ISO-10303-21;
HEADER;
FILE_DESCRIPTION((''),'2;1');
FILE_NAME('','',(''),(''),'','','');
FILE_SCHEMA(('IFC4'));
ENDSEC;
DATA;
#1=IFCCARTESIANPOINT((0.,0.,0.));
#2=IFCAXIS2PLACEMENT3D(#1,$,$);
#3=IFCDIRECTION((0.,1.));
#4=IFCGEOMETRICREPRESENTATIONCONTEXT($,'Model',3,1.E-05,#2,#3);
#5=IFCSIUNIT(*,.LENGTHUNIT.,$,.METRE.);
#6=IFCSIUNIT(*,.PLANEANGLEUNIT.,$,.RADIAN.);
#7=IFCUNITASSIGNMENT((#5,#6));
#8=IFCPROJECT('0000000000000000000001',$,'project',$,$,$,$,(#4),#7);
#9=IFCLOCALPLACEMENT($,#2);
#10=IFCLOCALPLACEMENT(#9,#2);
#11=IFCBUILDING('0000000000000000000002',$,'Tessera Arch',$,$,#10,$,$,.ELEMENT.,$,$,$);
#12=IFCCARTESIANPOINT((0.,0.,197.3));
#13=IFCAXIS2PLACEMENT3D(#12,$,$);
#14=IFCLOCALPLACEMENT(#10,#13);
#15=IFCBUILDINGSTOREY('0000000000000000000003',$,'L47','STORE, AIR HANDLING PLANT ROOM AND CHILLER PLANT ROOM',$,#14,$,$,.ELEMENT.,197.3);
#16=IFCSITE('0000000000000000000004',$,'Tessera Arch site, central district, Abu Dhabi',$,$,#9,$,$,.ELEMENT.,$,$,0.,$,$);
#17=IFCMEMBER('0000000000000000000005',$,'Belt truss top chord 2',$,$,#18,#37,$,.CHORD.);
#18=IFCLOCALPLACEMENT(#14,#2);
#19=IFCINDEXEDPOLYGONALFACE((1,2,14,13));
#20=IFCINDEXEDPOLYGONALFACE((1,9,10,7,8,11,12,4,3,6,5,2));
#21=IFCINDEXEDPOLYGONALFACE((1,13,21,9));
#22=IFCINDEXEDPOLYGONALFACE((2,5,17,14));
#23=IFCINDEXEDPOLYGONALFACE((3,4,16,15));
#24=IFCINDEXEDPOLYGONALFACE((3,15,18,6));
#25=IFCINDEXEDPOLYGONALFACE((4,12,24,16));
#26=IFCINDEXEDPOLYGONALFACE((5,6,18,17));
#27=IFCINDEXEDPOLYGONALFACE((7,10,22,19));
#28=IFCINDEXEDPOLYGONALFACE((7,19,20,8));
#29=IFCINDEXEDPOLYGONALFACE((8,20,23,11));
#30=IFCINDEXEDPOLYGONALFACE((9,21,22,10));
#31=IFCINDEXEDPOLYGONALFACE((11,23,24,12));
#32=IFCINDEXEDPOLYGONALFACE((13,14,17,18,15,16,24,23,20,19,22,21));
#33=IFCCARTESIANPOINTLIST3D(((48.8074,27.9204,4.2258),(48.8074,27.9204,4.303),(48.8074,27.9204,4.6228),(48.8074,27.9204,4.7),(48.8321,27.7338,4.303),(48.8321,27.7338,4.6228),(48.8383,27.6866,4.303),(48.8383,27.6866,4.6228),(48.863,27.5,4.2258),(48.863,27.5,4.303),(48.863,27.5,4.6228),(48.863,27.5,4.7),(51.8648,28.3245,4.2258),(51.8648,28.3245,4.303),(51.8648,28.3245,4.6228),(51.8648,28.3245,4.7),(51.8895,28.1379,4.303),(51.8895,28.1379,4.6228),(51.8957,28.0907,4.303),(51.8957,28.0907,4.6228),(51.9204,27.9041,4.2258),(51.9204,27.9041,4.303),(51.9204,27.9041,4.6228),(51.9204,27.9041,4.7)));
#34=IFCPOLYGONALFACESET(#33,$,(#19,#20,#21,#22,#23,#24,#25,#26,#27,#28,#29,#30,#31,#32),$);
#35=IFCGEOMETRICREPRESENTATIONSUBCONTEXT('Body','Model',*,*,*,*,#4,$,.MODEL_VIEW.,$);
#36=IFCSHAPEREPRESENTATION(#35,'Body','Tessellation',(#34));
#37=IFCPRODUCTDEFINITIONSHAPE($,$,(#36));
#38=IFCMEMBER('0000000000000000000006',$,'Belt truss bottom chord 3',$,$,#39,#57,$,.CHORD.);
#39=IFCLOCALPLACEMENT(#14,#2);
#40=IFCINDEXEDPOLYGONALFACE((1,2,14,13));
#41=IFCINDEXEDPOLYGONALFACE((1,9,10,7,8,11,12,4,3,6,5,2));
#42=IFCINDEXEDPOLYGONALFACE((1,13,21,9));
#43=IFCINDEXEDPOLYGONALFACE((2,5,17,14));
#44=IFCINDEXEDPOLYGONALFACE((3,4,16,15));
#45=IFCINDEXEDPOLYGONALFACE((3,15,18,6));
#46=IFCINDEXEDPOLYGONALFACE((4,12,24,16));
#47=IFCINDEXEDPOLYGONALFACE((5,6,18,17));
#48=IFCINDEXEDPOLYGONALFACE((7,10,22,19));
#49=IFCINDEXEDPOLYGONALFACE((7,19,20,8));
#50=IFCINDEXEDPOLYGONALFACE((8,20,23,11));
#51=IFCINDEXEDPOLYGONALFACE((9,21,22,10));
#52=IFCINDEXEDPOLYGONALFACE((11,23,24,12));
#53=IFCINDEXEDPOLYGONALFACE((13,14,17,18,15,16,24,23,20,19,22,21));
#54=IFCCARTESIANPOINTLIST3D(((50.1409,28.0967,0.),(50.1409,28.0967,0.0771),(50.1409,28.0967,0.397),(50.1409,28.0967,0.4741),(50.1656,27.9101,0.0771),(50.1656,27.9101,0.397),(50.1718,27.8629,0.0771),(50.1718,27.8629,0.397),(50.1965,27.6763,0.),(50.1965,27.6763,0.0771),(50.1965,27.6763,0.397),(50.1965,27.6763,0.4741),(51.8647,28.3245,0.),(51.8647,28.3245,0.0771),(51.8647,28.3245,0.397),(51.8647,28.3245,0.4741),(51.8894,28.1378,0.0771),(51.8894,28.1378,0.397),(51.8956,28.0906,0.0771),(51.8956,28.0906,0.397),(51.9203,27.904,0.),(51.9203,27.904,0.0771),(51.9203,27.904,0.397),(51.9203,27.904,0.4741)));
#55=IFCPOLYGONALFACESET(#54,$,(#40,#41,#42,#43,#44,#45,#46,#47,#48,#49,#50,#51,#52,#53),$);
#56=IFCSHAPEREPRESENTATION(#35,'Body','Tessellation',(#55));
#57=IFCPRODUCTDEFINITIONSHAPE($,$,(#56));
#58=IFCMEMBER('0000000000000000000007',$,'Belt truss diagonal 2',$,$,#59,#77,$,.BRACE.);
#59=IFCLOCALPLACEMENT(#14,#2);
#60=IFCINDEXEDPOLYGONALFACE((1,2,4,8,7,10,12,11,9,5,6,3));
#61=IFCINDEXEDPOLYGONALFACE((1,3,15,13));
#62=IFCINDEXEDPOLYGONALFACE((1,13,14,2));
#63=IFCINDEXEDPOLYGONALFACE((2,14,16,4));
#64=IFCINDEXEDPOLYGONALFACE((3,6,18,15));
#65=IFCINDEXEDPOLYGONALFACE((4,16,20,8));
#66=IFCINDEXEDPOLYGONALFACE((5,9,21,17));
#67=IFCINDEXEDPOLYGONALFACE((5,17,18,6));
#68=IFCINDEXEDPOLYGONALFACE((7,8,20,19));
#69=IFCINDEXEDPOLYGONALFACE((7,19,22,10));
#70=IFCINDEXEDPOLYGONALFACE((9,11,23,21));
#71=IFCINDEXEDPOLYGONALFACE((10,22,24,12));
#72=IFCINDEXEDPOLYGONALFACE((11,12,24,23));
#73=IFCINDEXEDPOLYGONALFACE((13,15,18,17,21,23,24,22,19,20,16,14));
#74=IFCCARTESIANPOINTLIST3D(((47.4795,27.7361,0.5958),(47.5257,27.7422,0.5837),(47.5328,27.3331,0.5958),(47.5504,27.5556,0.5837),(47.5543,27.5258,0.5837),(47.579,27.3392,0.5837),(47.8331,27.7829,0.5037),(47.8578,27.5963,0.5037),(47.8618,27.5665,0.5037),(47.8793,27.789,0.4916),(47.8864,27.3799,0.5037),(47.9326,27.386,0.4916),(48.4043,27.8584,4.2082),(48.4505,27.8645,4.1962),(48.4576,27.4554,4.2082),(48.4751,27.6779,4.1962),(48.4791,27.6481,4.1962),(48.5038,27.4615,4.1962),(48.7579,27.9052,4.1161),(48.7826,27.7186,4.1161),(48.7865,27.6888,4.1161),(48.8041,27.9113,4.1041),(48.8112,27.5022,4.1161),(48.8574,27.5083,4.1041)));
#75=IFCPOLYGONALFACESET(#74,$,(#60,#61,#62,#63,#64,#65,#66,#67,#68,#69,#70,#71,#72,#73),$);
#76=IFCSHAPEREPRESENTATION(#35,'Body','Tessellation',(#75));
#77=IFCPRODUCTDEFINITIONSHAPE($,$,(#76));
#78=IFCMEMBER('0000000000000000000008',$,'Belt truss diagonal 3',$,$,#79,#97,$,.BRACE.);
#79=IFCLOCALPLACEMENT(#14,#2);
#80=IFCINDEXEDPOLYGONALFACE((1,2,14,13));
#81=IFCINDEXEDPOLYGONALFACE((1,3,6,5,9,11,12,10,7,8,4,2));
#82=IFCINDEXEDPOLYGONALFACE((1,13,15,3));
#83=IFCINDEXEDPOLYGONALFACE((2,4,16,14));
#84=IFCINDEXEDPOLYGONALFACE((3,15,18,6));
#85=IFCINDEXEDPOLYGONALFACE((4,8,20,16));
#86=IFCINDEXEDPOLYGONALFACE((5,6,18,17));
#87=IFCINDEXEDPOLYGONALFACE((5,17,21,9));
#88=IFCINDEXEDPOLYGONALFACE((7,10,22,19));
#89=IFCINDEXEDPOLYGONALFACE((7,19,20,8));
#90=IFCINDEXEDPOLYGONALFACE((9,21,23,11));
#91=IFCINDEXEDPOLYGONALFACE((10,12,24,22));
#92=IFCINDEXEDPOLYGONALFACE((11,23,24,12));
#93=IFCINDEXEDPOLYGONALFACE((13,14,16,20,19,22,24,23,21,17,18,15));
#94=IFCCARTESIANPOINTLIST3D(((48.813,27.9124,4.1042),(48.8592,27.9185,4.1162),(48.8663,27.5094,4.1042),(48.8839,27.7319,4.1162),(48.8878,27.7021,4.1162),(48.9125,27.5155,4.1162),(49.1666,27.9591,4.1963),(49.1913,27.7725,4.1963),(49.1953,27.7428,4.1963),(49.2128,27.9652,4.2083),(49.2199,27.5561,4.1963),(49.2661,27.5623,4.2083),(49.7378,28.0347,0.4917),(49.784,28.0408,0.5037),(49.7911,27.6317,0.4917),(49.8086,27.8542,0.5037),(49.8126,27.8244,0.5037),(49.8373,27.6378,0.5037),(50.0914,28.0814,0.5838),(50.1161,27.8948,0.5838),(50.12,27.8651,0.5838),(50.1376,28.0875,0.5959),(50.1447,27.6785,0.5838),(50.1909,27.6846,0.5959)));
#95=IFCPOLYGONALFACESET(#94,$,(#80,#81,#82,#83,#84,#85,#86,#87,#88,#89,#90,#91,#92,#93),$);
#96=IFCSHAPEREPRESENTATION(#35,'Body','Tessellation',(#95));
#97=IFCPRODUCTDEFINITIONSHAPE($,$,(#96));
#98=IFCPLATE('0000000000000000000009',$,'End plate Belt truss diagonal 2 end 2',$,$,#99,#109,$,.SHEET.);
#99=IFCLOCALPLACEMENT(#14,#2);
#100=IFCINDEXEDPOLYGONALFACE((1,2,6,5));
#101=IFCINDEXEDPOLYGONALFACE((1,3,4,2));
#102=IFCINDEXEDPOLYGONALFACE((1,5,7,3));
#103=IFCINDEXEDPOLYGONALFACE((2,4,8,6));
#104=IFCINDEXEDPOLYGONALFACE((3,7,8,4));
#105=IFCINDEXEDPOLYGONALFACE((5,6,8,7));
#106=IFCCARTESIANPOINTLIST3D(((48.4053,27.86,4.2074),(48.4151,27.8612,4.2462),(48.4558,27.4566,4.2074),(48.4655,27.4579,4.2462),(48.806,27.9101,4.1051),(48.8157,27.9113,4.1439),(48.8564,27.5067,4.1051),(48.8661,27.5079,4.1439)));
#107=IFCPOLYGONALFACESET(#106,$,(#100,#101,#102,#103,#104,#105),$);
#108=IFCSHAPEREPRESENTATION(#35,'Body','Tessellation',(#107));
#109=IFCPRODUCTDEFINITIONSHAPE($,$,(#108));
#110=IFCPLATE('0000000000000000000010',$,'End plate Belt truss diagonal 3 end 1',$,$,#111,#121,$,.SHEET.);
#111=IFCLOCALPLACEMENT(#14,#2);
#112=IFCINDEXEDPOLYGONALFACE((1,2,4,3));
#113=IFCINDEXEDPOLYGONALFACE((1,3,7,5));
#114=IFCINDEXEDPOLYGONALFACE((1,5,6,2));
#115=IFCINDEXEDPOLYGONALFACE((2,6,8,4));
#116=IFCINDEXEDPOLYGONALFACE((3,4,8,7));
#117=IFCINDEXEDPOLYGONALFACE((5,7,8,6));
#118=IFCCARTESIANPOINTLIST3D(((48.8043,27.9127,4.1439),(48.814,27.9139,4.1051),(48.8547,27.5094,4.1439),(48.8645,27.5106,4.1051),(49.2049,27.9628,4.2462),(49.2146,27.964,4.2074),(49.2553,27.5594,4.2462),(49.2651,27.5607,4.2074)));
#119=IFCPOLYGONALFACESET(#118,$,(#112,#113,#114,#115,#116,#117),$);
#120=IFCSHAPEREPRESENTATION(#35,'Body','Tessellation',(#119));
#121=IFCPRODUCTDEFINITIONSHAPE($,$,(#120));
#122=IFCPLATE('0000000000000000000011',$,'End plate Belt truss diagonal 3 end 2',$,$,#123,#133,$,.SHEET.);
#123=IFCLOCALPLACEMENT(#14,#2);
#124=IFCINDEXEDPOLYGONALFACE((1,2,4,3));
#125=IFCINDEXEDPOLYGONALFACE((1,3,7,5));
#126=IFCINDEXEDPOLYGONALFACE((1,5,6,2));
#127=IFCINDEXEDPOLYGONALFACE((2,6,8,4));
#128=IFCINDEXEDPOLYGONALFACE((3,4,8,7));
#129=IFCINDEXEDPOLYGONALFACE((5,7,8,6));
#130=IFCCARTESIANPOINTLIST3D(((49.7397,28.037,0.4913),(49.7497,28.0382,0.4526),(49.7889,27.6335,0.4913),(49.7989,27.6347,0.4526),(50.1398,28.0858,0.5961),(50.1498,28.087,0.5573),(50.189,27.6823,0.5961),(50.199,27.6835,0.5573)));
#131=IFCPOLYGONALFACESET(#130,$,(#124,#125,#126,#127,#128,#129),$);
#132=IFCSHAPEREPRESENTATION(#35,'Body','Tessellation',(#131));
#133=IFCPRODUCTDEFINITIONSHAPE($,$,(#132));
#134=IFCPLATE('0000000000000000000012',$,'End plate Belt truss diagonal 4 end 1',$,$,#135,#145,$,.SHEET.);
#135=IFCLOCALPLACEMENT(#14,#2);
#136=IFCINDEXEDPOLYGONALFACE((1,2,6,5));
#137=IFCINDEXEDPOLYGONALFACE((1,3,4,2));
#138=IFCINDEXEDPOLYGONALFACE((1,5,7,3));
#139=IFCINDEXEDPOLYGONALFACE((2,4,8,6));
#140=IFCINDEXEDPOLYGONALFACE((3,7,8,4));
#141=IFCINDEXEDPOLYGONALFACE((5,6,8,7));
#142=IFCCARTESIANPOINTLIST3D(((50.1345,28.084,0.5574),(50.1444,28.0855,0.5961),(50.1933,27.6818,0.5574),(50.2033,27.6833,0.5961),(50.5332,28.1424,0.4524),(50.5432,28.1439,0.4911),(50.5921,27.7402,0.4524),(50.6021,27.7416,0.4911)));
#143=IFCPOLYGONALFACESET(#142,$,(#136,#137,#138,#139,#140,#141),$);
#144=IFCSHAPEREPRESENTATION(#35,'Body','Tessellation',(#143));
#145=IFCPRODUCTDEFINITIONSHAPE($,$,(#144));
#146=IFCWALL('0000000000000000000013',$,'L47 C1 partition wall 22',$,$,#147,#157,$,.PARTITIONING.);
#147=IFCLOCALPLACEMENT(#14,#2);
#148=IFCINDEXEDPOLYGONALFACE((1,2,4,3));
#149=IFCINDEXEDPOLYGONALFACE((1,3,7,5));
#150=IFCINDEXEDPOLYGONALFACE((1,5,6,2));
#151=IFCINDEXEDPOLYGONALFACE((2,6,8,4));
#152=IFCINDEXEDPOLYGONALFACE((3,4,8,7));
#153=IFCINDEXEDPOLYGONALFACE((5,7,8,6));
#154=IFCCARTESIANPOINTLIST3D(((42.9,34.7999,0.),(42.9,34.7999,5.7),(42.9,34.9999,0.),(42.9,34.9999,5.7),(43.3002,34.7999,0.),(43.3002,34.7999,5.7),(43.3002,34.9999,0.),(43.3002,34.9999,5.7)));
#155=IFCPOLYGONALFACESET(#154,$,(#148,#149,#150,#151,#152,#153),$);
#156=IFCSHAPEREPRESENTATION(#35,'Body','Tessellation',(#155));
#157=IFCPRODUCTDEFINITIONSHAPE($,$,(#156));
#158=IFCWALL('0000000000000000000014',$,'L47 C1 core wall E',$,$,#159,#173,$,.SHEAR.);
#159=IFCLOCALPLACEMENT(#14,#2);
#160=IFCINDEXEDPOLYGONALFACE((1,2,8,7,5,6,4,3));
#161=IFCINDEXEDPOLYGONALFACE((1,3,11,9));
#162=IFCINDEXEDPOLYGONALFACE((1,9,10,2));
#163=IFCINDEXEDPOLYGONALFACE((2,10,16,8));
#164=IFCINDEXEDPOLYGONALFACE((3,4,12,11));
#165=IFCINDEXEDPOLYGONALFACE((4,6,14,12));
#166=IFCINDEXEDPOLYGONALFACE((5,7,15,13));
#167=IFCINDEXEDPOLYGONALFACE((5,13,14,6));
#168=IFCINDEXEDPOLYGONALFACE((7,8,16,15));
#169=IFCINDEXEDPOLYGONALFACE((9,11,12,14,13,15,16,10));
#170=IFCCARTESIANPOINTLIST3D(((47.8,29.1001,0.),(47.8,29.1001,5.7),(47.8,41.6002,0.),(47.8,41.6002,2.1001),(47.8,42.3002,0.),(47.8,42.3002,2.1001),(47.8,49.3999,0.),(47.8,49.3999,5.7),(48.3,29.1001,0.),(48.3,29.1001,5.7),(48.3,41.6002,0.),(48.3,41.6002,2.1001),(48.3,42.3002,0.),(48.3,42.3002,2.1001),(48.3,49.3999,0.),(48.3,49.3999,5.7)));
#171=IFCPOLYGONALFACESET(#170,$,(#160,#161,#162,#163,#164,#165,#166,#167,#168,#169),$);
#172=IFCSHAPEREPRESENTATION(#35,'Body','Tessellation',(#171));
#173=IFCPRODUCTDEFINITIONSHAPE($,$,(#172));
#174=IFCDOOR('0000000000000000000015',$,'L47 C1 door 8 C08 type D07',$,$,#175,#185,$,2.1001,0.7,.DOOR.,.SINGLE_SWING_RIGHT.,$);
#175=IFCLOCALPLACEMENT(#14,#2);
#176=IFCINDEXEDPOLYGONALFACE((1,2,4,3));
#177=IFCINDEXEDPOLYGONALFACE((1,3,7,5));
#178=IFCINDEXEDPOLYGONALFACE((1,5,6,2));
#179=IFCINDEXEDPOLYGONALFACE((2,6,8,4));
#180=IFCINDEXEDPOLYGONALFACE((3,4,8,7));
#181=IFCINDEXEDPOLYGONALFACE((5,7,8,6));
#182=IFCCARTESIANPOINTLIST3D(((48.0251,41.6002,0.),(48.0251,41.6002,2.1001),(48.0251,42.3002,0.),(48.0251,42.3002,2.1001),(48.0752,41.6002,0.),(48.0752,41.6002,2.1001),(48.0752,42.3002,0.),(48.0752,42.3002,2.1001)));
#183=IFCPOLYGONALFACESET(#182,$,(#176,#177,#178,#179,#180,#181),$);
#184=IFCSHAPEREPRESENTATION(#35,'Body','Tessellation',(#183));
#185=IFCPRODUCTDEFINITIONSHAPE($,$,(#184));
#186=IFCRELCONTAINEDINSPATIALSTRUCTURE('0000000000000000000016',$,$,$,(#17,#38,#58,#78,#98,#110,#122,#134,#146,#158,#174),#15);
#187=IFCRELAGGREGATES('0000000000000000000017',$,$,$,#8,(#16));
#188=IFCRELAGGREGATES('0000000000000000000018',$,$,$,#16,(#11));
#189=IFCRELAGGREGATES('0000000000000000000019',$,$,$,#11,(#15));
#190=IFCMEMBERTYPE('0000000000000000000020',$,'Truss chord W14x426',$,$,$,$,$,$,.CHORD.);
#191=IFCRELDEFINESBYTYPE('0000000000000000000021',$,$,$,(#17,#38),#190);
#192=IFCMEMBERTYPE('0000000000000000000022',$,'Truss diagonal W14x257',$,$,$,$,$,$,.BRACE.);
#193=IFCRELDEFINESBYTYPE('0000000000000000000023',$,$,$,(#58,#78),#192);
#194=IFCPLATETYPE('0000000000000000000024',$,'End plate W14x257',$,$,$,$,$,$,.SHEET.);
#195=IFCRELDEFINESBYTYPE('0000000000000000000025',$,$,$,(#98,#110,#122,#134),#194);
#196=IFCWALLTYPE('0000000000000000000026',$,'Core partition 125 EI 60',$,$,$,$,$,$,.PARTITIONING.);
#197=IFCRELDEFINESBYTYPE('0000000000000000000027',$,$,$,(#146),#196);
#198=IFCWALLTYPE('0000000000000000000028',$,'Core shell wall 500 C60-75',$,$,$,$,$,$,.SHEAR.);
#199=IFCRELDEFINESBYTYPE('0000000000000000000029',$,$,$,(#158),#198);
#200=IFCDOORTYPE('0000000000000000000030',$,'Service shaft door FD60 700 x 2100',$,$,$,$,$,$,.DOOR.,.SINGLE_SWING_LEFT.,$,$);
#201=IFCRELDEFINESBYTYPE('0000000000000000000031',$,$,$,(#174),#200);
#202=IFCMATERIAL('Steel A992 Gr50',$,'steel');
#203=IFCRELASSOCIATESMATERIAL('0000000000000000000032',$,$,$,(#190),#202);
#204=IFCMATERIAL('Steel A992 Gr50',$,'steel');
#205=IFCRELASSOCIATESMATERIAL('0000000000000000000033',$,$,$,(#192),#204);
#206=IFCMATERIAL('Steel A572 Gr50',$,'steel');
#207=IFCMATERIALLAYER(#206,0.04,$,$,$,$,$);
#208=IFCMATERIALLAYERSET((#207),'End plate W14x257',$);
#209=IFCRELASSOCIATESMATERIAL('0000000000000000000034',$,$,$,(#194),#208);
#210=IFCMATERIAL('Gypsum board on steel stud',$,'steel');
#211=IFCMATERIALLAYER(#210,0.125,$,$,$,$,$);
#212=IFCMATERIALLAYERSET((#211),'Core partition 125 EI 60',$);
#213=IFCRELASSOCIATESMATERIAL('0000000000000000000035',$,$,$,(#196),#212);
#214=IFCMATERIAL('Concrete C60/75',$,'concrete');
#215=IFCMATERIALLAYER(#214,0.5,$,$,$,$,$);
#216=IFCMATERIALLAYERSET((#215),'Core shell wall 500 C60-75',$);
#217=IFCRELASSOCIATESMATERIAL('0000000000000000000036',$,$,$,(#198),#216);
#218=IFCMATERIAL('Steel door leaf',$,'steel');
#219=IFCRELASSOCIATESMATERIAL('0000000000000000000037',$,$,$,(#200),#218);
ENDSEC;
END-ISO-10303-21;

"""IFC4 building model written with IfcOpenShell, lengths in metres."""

from ifc_helpers import new_model, si_unit, direction, frame, frame_2d, origin, origin_2d, place, context, subcontext, project, spatial, rectangle, i_section, extrude, material, layer, layer_set, material_profile, profile_set, type_object, element, fill, save


model = new_model("IFC4")

# Units and contexts
model_context = context("Model", 3, precision=1e-05, world=origin(), true_north=direction((0.0, 1.0)))
body_context = subcontext(model_context, "Body", "Model", "MODEL_VIEW")
ifc_project = project(units=[si_unit("LENGTHUNIT", "METRE"), si_unit("PLANEANGLEUNIT", "RADIAN")], contexts=[model_context])

# Site, building, storey
site_placement = place(None, origin())
site = spatial("IfcSite", under=ifc_project, at=site_placement, Name="Tessera Arch site, central district, Abu Dhabi", CompositionType="ELEMENT", RefElevation=0.0)
building_placement = place(site_placement, origin())
building = spatial("IfcBuilding", under=site, at=building_placement, Name="Tessera Arch", CompositionType="ELEMENT")
storey_placement = place(building_placement, frame((0.0, 0.0, 197.3)))
storey = spatial("IfcBuildingStorey", under=building, at=storey_placement, Name="L47", Description="STORE, AIR HANDLING PLANT ROOM AND CHILLER PLANT ROOM", CompositionType="ELEMENT", Elevation=197.3)

# Members
ifc_material_1 = material(Name="Steel A992 Gr50", Category="steel")
ifc_material_profile_1 = material_profile(ifc_material_1, i_section(OverallWidth=0.4241, OverallDepth=0.4741, WebThickness=0.0476, FlangeThickness=0.0771, at=origin_2d()), Name="W14x426")
ifc_profile_set_1 = profile_set([ifc_material_profile_1], Name="Steel A992 Gr50")
member_type_1 = type_object("IfcMemberType", Name="Truss chord W14x426", PredefinedType="CHORD", material=ifc_profile_set_1)
member_1_placement = place(storey_placement, frame((48.8352, 27.7102, 4.4629), z_axis=(0.99138, 0.131018, 0.0), x_axis=(-0.131018, 0.99138, 0.0)))
element("IfcMember", 1, at=member_1_placement, inside=storey, type_object=member_type_1, Name="Belt truss top chord 2", PredefinedType="CHORD", context=body_context, shape_type="SweptSolid", body=[
    extrude(i_section(OverallWidth=0.4241, OverallDepth=0.4741, WebThickness=0.0476, FlangeThickness=0.0771, at=origin_2d()), origin(), (0.0, 0.0, 1.0), 3.084),
])
member_2_placement = place(storey_placement, frame((50.1687, 27.8865, 0.2371), z_axis=(0.991383, 0.130996, 0.0), x_axis=(-0.130996, 0.991383, 0.0)))
element("IfcMember", 2, at=member_2_placement, inside=storey, type_object=member_type_1, Name="Belt truss bottom chord 3", PredefinedType="CHORD", context=body_context, shape_type="SweptSolid", body=[
    extrude(i_section(OverallWidth=0.4241, OverallDepth=0.4741, WebThickness=0.0476, FlangeThickness=0.0771, at=origin_2d()), origin(), (0.0, 0.0, 1.0), 1.7388),
])
ifc_material_2 = material(Name="Steel A992 Gr50", Category="steel")
ifc_material_profile_2 = material_profile(ifc_material_2, i_section(OverallWidth=0.4065, OverallDepth=0.4165, WebThickness=0.03, FlangeThickness=0.0481, at=origin_2d()), Name="W14x257")
ifc_profile_set_2 = profile_set([ifc_material_profile_2], Name="Steel A992 Gr50")
member_type_2 = type_object("IfcMemberType", Name="Truss diagonal W14x257", PredefinedType="BRACE", material=ifc_profile_set_2)
for number, where, z_axis, x_axis, name in (
    (3, (47.7061, 27.561, 0.5437), (0.247867, 0.032783, 0.968239), (-0.131118, 0.991367, 0.0), "Belt truss diagonal 2"),
    (4, (49.0396, 27.7373, 4.1562), (0.247867, 0.032783, -0.968239), (-0.131118, 0.991367, 0.0), "Belt truss diagonal 3"),
):
    element("IfcMember", number, at=place(storey_placement, frame(where, z_axis=z_axis, x_axis=x_axis)), inside=storey, type_object=member_type_2, Name=name, PredefinedType="BRACE", context=body_context, shape_type="SweptSolid", body=[
        extrude(i_section(OverallWidth=0.4065, OverallDepth=0.4165, WebThickness=0.03, FlangeThickness=0.0481, at=origin_2d()), origin(), (0.0, 0.0, 1.0), 3.731),
    ])

# Plates
ifc_material_3 = material(Name="Steel A572 Gr50", Category="steel")
ifc_layer_1 = layer(ifc_material_3, 0.04)
ifc_layer_set_1 = layer_set([ifc_layer_1], Name="End plate W14x257")
plate_type = type_object("IfcPlateType", Name="End plate W14x257", PredefinedType="SHEET", material=ifc_layer_set_1)
for number, where, z_axis, x_axis, name in (
    (5, (48.6309, 27.6833, 4.1562), (0.243857, 0.030482, 0.969332), (-0.124035, 0.992278, 0.0), "End plate Belt truss diagonal 2 end 2"),
    (6, (49.0298, 27.7361, 4.1951), (0.243857, 0.030482, -0.969332), (-0.124035, 0.992278, 0.0), "End plate Belt truss diagonal 3 end 1"),
    (7, (49.9644, 27.8596, 0.5437), (0.249578, 0.030436, -0.967876), (-0.121054, 0.992646, 0.0), "End plate Belt truss diagonal 3 end 2"),
    (8, (50.3633, 27.9121, 0.5049), (0.249527, 0.036516, 0.967679), (-0.144799, 0.989461, 0.0), "End plate Belt truss diagonal 4 end 1"),
):
    element("IfcPlate", number, at=place(storey_placement, frame(where, z_axis=z_axis, x_axis=x_axis)), inside=storey, type_object=plate_type, Name=name, PredefinedType="SHEET", context=body_context, shape_type="SweptSolid", body=[
        extrude(rectangle(XDim=0.4065, YDim=0.4165, at=origin_2d()), origin(), (0.0, 0.0, 1.0), 0.04),
    ])

# Wall
ifc_material_4 = material(Name="Gypsum board on steel stud", Category="steel")
ifc_layer_2 = layer(ifc_material_4, 0.125)
ifc_layer_set_2 = layer_set([ifc_layer_2], Name="Core partition 125 EI 60")
wall_type_1 = type_object("IfcWallType", Name="Core partition 125 EI 60", PredefinedType="PARTITIONING", material=ifc_layer_set_2)
wall_1_placement = place(storey_placement, frame((42.8999, 34.8999, 0.0), z_axis=(0.0, 0.0, 1.0), x_axis=(1.0, 0.0, 0.0)))
element("IfcWall", 9, at=wall_1_placement, inside=storey, type_object=wall_type_1, Name="L47 C1 partition wall 22", PredefinedType="PARTITIONING", context=body_context, shape_type="SweptSolid", body=[
    extrude(rectangle(XDim=0.4001, YDim=0.2, at=frame_2d((0.2002, 0.0))), origin(), (0.0, 0.0, 1.0), 5.7),
])

# Wall, opening, door
ifc_material_5 = material(Name="Concrete C60/75", Category="concrete")
ifc_layer_3 = layer(ifc_material_5, 0.5)
ifc_layer_set_3 = layer_set([ifc_layer_3], Name="Core shell wall 500 C60-75")
wall_type_2 = type_object("IfcWallType", Name="Core shell wall 500 C60-75", PredefinedType="SHEAR", material=ifc_layer_set_3)
wall_2_placement = place(storey_placement, frame((48.05, 29.1001, 0.0), z_axis=(0.0, 0.0, 1.0), x_axis=(0.0, 1.0, 0.0)))
wall_2 = element("IfcWall", 10, at=wall_2_placement, inside=storey, type_object=wall_type_2, Name="L47 C1 core wall E", PredefinedType="SHEAR", context=body_context, shape_type="SweptSolid", body=[
    extrude(rectangle(XDim=20.2998, YDim=0.5, at=frame_2d((10.1499, 0.0))), origin(), (0.0, 0.0, 1.0), 5.7),
])
opening_1_placement = place(wall_2_placement, frame((12.5, 0.0, 0.0)))
opening_1 = element("IfcOpeningElement", 11, at=opening_1_placement, cuts=wall_2, PredefinedType="OPENING", context=body_context, shape_type="SweptSolid", body=[
    extrude(rectangle(XDim=0.7, YDim=2.1001, at=frame_2d((0.3501, 1.05))), frame((0.0, 0.26, 0.0), z_axis=(0.0, -1.0, 0.0), x_axis=(1.0, 0.0, 0.0)), (0.0, 0.0, 1.0), 0.52),
])
ifc_material_6 = material(Name="Steel door leaf", Category="steel")
door_type_1 = type_object("IfcDoorType", Name="Service shaft door FD60 700 x 2100", OperationType="SINGLE_SWING_LEFT", PredefinedType="DOOR", material=ifc_material_6)
door_1_placement = place(opening_1_placement, origin())
door_1 = element("IfcDoor", 12, at=door_1_placement, inside=storey, type_object=door_type_1, Name="L47 C1 door 8 C08 type D07", OperationType="SINGLE_SWING_RIGHT", OverallHeight=2.1001, OverallWidth=0.7, PredefinedType="DOOR", context=body_context, shape_type="SweptSolid", body=[
    extrude(rectangle(XDim=0.7, YDim=2.1001, at=frame_2d((0.3501, 1.05))), frame((0.0, 0.0249, 0.0), z_axis=(0.0, -1.0, 0.0), x_axis=(1.0, 0.0, 0.0)), (0.0, 0.0, 1.0), 0.05),
])
fill(opening_1, door_1)

save(model, "model.ifc")
